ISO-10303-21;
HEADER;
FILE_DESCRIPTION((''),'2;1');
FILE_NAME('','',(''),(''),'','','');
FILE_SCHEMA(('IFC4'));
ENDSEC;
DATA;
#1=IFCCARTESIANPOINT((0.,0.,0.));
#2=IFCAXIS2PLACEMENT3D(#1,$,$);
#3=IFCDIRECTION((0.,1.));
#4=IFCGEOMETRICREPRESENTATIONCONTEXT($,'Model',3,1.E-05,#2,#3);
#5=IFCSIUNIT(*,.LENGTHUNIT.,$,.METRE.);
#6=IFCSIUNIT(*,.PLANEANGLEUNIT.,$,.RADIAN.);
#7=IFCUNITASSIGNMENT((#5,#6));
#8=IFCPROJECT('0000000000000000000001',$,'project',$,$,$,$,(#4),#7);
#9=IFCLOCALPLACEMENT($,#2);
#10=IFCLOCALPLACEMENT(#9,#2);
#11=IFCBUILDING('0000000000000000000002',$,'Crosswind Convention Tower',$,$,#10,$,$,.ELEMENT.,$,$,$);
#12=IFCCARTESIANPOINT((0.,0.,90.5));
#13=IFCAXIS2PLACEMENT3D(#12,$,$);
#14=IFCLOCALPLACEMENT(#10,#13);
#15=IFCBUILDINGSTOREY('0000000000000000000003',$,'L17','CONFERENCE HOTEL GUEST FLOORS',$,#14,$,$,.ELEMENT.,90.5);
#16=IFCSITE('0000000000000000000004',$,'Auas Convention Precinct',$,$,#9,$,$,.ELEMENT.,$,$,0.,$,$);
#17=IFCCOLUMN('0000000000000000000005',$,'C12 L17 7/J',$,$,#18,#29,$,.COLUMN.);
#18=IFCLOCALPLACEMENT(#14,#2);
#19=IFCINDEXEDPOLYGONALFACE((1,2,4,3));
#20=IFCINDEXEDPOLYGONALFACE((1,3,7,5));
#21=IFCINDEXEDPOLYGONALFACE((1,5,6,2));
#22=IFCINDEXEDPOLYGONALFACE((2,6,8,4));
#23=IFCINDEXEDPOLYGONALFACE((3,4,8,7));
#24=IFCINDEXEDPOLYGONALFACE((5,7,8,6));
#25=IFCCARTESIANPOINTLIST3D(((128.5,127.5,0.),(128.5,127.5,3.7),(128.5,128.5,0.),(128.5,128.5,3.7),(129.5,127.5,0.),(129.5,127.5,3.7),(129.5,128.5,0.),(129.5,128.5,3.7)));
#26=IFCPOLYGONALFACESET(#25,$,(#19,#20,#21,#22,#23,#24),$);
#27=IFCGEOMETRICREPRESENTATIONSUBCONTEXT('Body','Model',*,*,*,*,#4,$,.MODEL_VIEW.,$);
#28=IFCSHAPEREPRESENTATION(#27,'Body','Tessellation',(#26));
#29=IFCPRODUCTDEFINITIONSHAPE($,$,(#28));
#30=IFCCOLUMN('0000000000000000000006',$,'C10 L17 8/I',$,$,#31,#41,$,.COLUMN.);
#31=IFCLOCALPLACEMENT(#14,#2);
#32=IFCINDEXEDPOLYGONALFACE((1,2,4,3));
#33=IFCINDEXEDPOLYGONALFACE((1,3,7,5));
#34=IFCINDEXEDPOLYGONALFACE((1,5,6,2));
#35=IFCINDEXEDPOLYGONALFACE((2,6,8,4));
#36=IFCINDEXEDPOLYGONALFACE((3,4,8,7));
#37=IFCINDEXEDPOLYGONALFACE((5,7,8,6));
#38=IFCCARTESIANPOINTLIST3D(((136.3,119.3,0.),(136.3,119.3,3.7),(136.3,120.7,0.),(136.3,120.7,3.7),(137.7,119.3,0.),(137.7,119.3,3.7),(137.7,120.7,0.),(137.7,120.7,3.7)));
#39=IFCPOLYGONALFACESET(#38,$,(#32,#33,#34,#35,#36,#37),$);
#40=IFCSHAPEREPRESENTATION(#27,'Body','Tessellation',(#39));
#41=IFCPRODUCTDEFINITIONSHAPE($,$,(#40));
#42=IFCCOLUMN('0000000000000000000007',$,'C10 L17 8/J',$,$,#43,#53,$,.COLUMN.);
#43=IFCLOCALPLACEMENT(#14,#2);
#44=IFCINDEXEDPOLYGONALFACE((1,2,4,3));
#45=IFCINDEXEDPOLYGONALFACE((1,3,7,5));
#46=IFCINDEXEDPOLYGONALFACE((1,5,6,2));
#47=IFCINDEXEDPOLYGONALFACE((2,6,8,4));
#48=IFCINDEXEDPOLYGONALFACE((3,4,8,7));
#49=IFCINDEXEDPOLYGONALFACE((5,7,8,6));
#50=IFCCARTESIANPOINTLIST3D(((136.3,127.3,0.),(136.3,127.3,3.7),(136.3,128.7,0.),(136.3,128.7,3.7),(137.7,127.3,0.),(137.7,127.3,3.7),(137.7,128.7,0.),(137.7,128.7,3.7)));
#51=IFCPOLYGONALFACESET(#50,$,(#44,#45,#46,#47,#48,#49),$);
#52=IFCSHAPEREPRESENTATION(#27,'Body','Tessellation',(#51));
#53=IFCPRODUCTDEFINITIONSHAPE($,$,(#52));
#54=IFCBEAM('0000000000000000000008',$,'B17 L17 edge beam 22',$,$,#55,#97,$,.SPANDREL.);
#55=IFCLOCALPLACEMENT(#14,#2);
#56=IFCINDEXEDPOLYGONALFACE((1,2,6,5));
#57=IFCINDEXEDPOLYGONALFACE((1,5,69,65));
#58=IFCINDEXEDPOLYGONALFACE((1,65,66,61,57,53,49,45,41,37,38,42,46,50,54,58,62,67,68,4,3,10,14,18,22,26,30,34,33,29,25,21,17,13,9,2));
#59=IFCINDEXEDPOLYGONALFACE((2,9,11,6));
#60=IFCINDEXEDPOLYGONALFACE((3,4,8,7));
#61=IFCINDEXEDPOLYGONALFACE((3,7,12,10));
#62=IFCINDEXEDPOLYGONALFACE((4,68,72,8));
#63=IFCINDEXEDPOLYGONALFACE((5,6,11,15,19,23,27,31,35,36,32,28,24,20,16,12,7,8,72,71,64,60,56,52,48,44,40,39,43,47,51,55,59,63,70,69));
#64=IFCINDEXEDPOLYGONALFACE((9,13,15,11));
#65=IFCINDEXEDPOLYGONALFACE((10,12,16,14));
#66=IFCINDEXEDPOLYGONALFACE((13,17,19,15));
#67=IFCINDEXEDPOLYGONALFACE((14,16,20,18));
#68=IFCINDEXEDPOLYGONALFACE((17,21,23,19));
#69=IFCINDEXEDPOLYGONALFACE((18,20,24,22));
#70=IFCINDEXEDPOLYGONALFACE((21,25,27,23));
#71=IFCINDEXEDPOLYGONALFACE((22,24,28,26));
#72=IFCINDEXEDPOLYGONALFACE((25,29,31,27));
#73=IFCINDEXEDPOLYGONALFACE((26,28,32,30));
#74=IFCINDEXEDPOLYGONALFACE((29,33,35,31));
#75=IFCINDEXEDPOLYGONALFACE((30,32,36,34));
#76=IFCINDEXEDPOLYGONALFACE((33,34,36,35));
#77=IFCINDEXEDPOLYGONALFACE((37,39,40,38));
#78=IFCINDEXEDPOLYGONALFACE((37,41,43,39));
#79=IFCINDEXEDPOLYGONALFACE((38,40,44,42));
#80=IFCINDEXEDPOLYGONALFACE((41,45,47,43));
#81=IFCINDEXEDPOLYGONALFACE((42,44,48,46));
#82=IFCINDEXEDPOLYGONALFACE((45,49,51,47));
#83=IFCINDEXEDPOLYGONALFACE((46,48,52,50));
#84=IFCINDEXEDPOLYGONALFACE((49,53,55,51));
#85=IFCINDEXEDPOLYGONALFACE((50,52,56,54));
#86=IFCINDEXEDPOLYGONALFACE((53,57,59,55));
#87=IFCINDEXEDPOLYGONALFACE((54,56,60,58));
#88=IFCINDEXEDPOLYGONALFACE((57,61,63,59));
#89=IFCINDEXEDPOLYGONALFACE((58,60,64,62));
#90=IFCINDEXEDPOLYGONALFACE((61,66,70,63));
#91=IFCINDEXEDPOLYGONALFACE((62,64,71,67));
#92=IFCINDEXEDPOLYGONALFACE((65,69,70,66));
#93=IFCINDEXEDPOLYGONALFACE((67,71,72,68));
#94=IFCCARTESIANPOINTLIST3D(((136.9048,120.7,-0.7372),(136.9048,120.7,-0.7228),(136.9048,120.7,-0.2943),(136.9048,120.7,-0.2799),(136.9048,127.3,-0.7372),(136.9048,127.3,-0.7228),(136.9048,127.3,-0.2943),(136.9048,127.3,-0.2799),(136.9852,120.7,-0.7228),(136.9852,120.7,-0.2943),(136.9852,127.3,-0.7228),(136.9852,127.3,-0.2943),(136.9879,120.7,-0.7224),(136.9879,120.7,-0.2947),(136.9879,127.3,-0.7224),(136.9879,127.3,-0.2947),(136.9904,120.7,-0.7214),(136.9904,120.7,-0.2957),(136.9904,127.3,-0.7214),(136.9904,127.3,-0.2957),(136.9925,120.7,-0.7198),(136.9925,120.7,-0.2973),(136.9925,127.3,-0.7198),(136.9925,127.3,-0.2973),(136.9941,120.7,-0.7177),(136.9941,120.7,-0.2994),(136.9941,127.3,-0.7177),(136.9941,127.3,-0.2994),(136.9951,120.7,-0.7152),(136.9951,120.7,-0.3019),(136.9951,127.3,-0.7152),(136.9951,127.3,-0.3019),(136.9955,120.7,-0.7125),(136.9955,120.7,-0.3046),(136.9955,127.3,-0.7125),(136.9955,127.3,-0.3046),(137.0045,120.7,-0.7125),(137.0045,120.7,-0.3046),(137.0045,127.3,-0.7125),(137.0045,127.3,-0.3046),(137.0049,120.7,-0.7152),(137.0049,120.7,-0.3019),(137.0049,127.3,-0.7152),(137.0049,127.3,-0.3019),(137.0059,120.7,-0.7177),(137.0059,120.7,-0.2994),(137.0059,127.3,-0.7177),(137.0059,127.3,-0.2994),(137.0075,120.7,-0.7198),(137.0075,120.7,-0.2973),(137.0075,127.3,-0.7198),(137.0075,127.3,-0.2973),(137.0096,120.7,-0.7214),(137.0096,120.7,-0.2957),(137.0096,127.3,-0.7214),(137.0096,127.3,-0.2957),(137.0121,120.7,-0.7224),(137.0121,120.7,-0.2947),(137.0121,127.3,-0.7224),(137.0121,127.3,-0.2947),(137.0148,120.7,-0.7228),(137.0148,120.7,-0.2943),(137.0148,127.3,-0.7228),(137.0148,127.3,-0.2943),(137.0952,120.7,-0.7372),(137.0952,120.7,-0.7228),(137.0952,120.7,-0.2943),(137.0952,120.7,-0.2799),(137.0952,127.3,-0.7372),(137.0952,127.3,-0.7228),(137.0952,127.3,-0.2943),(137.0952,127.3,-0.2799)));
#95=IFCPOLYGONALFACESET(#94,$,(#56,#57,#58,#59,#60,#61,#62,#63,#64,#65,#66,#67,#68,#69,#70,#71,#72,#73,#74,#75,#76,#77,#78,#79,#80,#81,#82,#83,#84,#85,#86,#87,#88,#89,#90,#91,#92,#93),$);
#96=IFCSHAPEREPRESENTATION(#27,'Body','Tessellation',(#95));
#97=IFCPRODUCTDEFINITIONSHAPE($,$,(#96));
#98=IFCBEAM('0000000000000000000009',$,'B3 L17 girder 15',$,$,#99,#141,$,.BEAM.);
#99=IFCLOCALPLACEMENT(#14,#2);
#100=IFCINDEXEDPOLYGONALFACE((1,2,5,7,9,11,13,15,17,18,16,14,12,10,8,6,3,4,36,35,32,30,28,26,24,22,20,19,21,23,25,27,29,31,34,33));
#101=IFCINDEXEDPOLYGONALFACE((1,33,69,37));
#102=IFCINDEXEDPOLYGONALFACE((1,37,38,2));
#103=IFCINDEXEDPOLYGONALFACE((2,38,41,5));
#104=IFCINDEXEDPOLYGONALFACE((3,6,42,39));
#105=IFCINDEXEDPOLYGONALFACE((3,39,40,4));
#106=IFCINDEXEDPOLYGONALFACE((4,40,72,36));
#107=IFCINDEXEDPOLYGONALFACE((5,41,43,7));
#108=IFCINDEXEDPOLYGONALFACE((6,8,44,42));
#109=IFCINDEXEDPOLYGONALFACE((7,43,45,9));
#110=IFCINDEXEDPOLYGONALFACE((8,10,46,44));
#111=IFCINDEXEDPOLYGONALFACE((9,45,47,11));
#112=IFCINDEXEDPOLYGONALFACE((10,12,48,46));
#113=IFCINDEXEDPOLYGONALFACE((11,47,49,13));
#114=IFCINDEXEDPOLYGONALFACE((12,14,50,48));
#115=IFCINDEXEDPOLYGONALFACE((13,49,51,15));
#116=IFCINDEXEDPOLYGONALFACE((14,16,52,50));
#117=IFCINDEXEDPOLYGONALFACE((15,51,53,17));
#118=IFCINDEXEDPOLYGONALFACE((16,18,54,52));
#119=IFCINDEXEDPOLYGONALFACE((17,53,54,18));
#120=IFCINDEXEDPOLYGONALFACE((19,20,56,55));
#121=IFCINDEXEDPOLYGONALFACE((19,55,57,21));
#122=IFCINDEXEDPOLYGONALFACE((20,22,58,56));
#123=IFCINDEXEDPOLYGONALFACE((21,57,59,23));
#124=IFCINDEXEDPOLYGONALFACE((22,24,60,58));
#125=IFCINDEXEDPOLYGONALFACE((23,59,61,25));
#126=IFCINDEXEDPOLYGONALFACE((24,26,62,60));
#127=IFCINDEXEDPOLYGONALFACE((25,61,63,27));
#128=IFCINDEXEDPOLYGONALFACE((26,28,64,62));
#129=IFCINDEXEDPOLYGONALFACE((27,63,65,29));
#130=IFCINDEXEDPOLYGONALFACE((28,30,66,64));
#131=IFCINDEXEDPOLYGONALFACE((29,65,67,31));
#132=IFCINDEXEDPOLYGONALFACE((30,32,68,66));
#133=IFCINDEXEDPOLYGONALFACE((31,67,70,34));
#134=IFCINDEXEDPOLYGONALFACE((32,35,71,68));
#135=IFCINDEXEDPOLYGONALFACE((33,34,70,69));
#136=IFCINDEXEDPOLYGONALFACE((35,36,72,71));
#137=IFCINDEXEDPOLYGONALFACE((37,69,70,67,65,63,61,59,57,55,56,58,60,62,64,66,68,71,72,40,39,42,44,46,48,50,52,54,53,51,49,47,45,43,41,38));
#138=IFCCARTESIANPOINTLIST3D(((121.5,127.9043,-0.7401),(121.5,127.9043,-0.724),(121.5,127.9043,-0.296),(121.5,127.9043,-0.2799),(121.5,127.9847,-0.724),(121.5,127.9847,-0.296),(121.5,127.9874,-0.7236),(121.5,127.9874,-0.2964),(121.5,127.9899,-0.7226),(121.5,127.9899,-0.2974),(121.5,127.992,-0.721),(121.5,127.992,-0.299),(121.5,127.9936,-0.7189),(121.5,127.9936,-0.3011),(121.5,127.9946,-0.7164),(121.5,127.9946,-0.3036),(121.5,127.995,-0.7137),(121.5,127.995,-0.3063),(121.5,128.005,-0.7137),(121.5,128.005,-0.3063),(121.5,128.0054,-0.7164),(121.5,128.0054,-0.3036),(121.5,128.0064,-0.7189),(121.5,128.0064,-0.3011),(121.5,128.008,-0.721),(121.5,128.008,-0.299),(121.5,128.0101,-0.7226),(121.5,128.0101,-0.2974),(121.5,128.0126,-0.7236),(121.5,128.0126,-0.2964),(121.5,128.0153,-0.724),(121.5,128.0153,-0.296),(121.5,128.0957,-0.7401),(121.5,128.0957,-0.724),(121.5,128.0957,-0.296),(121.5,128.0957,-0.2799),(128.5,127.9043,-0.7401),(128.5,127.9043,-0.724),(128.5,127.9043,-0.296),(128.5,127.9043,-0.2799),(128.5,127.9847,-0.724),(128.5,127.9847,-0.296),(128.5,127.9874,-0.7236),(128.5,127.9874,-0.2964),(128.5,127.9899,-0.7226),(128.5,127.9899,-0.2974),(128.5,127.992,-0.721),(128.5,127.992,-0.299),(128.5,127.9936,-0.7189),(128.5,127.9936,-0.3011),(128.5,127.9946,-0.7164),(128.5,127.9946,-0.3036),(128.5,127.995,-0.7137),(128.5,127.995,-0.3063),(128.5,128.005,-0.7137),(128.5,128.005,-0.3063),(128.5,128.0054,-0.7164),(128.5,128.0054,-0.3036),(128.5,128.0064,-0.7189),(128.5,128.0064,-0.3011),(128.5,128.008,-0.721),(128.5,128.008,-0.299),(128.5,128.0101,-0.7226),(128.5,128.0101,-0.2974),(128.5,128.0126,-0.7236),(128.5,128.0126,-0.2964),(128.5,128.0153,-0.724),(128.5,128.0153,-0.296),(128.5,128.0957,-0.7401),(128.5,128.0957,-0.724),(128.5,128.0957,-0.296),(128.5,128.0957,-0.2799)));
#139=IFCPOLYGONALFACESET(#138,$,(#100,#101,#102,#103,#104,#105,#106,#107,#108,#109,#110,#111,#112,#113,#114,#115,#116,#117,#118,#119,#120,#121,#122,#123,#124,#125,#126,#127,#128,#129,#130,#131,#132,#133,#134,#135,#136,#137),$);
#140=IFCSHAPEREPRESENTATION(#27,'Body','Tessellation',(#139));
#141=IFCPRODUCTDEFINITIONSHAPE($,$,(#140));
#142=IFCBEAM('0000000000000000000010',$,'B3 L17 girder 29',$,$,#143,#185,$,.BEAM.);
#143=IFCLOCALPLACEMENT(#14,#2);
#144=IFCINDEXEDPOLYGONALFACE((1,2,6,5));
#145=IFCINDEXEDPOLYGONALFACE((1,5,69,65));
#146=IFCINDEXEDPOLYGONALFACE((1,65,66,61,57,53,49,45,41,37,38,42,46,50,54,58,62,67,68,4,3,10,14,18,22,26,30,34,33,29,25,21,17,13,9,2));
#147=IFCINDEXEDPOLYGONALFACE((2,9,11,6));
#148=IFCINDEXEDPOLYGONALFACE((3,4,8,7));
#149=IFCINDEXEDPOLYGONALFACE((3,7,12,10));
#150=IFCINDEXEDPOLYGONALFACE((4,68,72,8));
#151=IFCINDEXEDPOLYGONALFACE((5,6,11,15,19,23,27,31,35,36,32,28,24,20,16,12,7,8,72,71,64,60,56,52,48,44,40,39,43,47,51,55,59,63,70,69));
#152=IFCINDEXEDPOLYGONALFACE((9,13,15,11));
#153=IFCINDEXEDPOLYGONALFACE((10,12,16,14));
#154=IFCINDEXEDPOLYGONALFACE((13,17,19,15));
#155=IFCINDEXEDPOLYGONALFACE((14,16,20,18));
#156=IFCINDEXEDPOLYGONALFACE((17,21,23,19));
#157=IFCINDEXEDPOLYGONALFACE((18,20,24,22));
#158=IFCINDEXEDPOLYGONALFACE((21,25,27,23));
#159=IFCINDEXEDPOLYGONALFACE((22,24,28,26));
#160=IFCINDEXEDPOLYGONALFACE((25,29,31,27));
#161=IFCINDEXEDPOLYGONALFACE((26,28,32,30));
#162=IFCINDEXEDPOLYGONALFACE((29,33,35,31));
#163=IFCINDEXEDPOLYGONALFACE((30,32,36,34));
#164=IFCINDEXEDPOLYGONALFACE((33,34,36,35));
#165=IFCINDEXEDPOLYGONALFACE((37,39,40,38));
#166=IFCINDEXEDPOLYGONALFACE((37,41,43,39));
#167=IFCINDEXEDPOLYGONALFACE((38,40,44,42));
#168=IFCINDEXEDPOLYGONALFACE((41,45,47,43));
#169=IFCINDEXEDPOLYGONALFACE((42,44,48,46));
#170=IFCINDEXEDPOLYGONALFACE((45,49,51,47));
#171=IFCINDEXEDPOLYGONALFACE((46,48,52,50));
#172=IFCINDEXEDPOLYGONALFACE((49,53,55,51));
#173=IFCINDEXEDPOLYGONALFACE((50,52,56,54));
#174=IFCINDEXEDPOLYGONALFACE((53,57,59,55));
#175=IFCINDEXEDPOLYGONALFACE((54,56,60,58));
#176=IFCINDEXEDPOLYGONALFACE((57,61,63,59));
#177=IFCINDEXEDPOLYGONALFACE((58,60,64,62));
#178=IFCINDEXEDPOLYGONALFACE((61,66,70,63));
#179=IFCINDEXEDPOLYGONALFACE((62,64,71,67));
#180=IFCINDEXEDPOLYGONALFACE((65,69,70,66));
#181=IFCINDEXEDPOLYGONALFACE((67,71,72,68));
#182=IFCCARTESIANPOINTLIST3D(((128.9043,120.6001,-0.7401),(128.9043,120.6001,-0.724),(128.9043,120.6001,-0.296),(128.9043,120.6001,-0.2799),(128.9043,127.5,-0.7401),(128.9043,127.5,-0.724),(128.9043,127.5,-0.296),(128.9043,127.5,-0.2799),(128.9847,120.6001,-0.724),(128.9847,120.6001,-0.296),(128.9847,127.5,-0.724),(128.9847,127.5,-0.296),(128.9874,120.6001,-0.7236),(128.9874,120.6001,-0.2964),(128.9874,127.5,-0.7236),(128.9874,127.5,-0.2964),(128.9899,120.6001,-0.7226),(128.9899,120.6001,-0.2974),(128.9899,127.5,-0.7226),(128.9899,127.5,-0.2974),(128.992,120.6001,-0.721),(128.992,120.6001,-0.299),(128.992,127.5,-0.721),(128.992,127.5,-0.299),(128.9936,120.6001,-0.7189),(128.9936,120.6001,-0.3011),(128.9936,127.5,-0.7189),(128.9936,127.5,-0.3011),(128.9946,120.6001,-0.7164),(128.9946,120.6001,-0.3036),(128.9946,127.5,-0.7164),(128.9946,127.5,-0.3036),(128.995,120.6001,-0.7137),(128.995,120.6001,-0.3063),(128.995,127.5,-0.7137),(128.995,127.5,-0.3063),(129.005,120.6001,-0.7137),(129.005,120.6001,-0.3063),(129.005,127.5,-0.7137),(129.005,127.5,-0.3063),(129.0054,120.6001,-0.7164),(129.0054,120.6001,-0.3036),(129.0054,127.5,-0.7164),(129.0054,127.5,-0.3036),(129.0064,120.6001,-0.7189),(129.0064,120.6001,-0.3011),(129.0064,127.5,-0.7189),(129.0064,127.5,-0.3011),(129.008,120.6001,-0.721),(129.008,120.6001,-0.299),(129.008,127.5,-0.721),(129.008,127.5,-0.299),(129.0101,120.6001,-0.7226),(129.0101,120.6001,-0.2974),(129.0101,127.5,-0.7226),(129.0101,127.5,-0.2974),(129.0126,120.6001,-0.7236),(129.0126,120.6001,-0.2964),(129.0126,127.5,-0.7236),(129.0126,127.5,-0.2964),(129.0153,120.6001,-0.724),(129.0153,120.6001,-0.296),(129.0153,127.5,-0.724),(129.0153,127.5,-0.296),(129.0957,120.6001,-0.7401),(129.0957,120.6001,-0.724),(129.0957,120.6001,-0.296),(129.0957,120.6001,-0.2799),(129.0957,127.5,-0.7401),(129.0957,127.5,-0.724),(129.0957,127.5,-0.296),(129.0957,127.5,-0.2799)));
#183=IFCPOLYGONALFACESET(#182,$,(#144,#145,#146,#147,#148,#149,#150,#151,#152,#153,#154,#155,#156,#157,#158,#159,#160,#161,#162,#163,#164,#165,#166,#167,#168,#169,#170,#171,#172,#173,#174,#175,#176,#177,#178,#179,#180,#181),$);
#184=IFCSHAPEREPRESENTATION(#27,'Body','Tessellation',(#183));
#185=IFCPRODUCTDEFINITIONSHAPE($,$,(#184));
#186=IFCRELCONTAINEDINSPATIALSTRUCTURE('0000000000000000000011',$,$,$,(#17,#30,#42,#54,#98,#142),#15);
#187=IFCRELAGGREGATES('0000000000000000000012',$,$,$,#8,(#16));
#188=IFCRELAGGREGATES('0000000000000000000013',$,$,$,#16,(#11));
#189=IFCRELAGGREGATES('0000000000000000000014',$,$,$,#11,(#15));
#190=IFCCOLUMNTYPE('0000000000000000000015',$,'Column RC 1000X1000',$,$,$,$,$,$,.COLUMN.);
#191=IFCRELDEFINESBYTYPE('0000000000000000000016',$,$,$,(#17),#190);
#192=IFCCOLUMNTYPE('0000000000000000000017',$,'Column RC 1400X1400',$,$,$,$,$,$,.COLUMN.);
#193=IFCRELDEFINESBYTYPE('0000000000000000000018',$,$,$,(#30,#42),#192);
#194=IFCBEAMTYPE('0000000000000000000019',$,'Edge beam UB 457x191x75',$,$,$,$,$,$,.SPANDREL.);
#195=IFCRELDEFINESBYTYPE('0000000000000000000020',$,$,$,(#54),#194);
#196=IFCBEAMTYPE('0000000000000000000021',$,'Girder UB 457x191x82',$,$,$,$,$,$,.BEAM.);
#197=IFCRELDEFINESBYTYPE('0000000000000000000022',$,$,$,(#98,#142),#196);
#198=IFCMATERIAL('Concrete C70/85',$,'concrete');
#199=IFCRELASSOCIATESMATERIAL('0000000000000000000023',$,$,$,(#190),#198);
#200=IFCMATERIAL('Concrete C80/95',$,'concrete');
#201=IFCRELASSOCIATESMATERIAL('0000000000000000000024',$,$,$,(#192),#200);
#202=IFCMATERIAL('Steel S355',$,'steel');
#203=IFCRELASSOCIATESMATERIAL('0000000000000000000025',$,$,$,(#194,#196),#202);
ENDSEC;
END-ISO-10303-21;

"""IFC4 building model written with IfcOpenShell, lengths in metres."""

from ifc_helpers import new_model, si_unit, direction, frame, origin, origin_2d, place, context, subcontext, project, spatial, rectangle, i_section, extrude, material, material_profile, profile_set, type_object, element, save


model = new_model("IFC4")

# Units and contexts
model_context = context("Model", 3, precision=1e-05, world=origin(), true_north=direction((0.0, 1.0)))
body_context = subcontext(model_context, "Body", "Model", "MODEL_VIEW")
ifc_project = project(units=[si_unit("LENGTHUNIT", "METRE"), si_unit("PLANEANGLEUNIT", "RADIAN")], contexts=[model_context])

# Site, building, storey
site_placement = place(None, origin())
site = spatial("IfcSite", under=ifc_project, at=site_placement, Name="Auas Convention Precinct", CompositionType="ELEMENT", RefElevation=0.0)
building_placement = place(site_placement, origin())
building = spatial("IfcBuilding", under=site, at=building_placement, Name="Crosswind Convention Tower", CompositionType="ELEMENT")
storey_placement = place(building_placement, frame((0.0, 0.0, 90.5)))
storey = spatial("IfcBuildingStorey", under=building, at=storey_placement, Name="L17", Description="CONFERENCE HOTEL GUEST FLOORS", CompositionType="ELEMENT", Elevation=90.5)

# Columns
ifc_material_1 = material(Name="Concrete C70/85", Category="concrete")
ifc_material_profile_1 = material_profile(ifc_material_1, rectangle(XDim=1.0, YDim=1.0, at=origin_2d()), Name="RC 1000X1000")
ifc_profile_set_1 = profile_set([ifc_material_profile_1], Name="Concrete C70/85")
column_type_1 = type_object("IfcColumnType", Name="Column RC 1000X1000", PredefinedType="COLUMN", material=ifc_profile_set_1)
column_placement = place(storey_placement, frame((129.0, 128.0, 0.0), z_axis=(0.0, 0.0, 1.0), x_axis=(1.0, 0.0, 0.0)))
element("IfcColumn", 1, at=column_placement, inside=storey, type_object=column_type_1, Name="C12 L17 7/J", PredefinedType="COLUMN", context=body_context, shape_type="SweptSolid", body=[
    extrude(rectangle(XDim=1.0, YDim=1.0, at=origin_2d()), origin(), (0.0, 0.0, 1.0), 3.7),
])
ifc_material_2 = material(Name="Concrete C80/95", Category="concrete")
ifc_material_profile_2 = material_profile(ifc_material_2, rectangle(XDim=1.3999, YDim=1.3999, at=origin_2d()), Name="RC 1400X1400")
ifc_profile_set_2 = profile_set([ifc_material_profile_2], Name="Concrete C80/95")
column_type_2 = type_object("IfcColumnType", Name="Column RC 1400X1400", PredefinedType="COLUMN", material=ifc_profile_set_2)
for number, where, z_axis, x_axis, name in (
    (2, (137.0, 120.0, 0.0), (0.0, 0.0, 1.0), (1.0, 0.0, 0.0), "C10 L17 8/I"),
    (3, (137.0, 128.0, 0.0), (0.0, 0.0, 1.0), (1.0, 0.0, 0.0), "C10 L17 8/J"),
):
    element("IfcColumn", number, at=place(storey_placement, frame(where, z_axis=z_axis, x_axis=x_axis)), inside=storey, type_object=column_type_2, Name=name, PredefinedType="COLUMN", context=body_context, shape_type="SweptSolid", body=[
        extrude(rectangle(XDim=1.3999, YDim=1.3999, at=origin_2d()), origin(), (0.0, 0.0, 1.0), 3.7),
    ])

# Beams
ifc_material_3 = material(Name="Steel S355", Category="steel")
ifc_material_profile_3 = material_profile(ifc_material_3, i_section(OverallWidth=0.1904, OverallDepth=0.4573, WebThickness=0.009, FlangeThickness=0.0144, FilletRadius=0.0103, at=origin_2d()), Name="UB 457x191x75")
ifc_profile_set_3 = profile_set([ifc_material_profile_3], Name="Steel S355")
beam_type_1 = type_object("IfcBeamType", Name="Edge beam UB 457x191x75", PredefinedType="SPANDREL", material=ifc_profile_set_3)
beam_1_placement = place(storey_placement, frame((137.0, 120.7, -0.5085), z_axis=(0.0, 1.0, 0.0), x_axis=(-1.0, 0.0, 0.0)))
element("IfcBeam", 4, at=beam_1_placement, inside=storey, type_object=beam_type_1, Name="B17 L17 edge beam 22", PredefinedType="SPANDREL", context=body_context, shape_type="SweptSolid", body=[
    extrude(i_section(OverallWidth=0.1904, OverallDepth=0.4573, WebThickness=0.009, FlangeThickness=0.0144, FilletRadius=0.0103, at=origin_2d()), origin(), (0.0, 0.0, 1.0), 6.6001),
])
ifc_material_profile_4 = material_profile(ifc_material_3, i_section(OverallWidth=0.1914, OverallDepth=0.4602, WebThickness=0.01, FlangeThickness=0.0161, FilletRadius=0.0103, at=origin_2d()), Name="UB 457x191x82")
ifc_profile_set_4 = profile_set([ifc_material_profile_4], Name="Steel S355")
beam_type_2 = type_object("IfcBeamType", Name="Girder UB 457x191x82", PredefinedType="BEAM", material=ifc_profile_set_4)
beam_2_placement = place(storey_placement, frame((121.5, 128.0, -0.51), z_axis=(1.0, 0.0, 0.0), x_axis=(0.0, 1.0, 0.0)))
element("IfcBeam", 5, at=beam_2_placement, inside=storey, type_object=beam_type_2, Name="B3 L17 girder 15", PredefinedType="BEAM", context=body_context, shape_type="SweptSolid", body=[
    extrude(i_section(OverallWidth=0.1914, OverallDepth=0.4602, WebThickness=0.01, FlangeThickness=0.0161, FilletRadius=0.0103, at=origin_2d()), origin(), (0.0, 0.0, 1.0), 7.0),
])
beam_3_placement = place(storey_placement, frame((129.0, 120.6001, -0.51), z_axis=(0.0, 1.0, 0.0), x_axis=(-1.0, 0.0, 0.0)))
element("IfcBeam", 6, at=beam_3_placement, inside=storey, type_object=beam_type_2, Name="B3 L17 girder 29", PredefinedType="BEAM", context=body_context, shape_type="SweptSolid", body=[
    extrude(i_section(OverallWidth=0.1914, OverallDepth=0.4602, WebThickness=0.01, FlangeThickness=0.0161, FilletRadius=0.0103, at=origin_2d()), origin(), (0.0, 0.0, 1.0), 6.8999),
])

save(model, "model.ifc")
